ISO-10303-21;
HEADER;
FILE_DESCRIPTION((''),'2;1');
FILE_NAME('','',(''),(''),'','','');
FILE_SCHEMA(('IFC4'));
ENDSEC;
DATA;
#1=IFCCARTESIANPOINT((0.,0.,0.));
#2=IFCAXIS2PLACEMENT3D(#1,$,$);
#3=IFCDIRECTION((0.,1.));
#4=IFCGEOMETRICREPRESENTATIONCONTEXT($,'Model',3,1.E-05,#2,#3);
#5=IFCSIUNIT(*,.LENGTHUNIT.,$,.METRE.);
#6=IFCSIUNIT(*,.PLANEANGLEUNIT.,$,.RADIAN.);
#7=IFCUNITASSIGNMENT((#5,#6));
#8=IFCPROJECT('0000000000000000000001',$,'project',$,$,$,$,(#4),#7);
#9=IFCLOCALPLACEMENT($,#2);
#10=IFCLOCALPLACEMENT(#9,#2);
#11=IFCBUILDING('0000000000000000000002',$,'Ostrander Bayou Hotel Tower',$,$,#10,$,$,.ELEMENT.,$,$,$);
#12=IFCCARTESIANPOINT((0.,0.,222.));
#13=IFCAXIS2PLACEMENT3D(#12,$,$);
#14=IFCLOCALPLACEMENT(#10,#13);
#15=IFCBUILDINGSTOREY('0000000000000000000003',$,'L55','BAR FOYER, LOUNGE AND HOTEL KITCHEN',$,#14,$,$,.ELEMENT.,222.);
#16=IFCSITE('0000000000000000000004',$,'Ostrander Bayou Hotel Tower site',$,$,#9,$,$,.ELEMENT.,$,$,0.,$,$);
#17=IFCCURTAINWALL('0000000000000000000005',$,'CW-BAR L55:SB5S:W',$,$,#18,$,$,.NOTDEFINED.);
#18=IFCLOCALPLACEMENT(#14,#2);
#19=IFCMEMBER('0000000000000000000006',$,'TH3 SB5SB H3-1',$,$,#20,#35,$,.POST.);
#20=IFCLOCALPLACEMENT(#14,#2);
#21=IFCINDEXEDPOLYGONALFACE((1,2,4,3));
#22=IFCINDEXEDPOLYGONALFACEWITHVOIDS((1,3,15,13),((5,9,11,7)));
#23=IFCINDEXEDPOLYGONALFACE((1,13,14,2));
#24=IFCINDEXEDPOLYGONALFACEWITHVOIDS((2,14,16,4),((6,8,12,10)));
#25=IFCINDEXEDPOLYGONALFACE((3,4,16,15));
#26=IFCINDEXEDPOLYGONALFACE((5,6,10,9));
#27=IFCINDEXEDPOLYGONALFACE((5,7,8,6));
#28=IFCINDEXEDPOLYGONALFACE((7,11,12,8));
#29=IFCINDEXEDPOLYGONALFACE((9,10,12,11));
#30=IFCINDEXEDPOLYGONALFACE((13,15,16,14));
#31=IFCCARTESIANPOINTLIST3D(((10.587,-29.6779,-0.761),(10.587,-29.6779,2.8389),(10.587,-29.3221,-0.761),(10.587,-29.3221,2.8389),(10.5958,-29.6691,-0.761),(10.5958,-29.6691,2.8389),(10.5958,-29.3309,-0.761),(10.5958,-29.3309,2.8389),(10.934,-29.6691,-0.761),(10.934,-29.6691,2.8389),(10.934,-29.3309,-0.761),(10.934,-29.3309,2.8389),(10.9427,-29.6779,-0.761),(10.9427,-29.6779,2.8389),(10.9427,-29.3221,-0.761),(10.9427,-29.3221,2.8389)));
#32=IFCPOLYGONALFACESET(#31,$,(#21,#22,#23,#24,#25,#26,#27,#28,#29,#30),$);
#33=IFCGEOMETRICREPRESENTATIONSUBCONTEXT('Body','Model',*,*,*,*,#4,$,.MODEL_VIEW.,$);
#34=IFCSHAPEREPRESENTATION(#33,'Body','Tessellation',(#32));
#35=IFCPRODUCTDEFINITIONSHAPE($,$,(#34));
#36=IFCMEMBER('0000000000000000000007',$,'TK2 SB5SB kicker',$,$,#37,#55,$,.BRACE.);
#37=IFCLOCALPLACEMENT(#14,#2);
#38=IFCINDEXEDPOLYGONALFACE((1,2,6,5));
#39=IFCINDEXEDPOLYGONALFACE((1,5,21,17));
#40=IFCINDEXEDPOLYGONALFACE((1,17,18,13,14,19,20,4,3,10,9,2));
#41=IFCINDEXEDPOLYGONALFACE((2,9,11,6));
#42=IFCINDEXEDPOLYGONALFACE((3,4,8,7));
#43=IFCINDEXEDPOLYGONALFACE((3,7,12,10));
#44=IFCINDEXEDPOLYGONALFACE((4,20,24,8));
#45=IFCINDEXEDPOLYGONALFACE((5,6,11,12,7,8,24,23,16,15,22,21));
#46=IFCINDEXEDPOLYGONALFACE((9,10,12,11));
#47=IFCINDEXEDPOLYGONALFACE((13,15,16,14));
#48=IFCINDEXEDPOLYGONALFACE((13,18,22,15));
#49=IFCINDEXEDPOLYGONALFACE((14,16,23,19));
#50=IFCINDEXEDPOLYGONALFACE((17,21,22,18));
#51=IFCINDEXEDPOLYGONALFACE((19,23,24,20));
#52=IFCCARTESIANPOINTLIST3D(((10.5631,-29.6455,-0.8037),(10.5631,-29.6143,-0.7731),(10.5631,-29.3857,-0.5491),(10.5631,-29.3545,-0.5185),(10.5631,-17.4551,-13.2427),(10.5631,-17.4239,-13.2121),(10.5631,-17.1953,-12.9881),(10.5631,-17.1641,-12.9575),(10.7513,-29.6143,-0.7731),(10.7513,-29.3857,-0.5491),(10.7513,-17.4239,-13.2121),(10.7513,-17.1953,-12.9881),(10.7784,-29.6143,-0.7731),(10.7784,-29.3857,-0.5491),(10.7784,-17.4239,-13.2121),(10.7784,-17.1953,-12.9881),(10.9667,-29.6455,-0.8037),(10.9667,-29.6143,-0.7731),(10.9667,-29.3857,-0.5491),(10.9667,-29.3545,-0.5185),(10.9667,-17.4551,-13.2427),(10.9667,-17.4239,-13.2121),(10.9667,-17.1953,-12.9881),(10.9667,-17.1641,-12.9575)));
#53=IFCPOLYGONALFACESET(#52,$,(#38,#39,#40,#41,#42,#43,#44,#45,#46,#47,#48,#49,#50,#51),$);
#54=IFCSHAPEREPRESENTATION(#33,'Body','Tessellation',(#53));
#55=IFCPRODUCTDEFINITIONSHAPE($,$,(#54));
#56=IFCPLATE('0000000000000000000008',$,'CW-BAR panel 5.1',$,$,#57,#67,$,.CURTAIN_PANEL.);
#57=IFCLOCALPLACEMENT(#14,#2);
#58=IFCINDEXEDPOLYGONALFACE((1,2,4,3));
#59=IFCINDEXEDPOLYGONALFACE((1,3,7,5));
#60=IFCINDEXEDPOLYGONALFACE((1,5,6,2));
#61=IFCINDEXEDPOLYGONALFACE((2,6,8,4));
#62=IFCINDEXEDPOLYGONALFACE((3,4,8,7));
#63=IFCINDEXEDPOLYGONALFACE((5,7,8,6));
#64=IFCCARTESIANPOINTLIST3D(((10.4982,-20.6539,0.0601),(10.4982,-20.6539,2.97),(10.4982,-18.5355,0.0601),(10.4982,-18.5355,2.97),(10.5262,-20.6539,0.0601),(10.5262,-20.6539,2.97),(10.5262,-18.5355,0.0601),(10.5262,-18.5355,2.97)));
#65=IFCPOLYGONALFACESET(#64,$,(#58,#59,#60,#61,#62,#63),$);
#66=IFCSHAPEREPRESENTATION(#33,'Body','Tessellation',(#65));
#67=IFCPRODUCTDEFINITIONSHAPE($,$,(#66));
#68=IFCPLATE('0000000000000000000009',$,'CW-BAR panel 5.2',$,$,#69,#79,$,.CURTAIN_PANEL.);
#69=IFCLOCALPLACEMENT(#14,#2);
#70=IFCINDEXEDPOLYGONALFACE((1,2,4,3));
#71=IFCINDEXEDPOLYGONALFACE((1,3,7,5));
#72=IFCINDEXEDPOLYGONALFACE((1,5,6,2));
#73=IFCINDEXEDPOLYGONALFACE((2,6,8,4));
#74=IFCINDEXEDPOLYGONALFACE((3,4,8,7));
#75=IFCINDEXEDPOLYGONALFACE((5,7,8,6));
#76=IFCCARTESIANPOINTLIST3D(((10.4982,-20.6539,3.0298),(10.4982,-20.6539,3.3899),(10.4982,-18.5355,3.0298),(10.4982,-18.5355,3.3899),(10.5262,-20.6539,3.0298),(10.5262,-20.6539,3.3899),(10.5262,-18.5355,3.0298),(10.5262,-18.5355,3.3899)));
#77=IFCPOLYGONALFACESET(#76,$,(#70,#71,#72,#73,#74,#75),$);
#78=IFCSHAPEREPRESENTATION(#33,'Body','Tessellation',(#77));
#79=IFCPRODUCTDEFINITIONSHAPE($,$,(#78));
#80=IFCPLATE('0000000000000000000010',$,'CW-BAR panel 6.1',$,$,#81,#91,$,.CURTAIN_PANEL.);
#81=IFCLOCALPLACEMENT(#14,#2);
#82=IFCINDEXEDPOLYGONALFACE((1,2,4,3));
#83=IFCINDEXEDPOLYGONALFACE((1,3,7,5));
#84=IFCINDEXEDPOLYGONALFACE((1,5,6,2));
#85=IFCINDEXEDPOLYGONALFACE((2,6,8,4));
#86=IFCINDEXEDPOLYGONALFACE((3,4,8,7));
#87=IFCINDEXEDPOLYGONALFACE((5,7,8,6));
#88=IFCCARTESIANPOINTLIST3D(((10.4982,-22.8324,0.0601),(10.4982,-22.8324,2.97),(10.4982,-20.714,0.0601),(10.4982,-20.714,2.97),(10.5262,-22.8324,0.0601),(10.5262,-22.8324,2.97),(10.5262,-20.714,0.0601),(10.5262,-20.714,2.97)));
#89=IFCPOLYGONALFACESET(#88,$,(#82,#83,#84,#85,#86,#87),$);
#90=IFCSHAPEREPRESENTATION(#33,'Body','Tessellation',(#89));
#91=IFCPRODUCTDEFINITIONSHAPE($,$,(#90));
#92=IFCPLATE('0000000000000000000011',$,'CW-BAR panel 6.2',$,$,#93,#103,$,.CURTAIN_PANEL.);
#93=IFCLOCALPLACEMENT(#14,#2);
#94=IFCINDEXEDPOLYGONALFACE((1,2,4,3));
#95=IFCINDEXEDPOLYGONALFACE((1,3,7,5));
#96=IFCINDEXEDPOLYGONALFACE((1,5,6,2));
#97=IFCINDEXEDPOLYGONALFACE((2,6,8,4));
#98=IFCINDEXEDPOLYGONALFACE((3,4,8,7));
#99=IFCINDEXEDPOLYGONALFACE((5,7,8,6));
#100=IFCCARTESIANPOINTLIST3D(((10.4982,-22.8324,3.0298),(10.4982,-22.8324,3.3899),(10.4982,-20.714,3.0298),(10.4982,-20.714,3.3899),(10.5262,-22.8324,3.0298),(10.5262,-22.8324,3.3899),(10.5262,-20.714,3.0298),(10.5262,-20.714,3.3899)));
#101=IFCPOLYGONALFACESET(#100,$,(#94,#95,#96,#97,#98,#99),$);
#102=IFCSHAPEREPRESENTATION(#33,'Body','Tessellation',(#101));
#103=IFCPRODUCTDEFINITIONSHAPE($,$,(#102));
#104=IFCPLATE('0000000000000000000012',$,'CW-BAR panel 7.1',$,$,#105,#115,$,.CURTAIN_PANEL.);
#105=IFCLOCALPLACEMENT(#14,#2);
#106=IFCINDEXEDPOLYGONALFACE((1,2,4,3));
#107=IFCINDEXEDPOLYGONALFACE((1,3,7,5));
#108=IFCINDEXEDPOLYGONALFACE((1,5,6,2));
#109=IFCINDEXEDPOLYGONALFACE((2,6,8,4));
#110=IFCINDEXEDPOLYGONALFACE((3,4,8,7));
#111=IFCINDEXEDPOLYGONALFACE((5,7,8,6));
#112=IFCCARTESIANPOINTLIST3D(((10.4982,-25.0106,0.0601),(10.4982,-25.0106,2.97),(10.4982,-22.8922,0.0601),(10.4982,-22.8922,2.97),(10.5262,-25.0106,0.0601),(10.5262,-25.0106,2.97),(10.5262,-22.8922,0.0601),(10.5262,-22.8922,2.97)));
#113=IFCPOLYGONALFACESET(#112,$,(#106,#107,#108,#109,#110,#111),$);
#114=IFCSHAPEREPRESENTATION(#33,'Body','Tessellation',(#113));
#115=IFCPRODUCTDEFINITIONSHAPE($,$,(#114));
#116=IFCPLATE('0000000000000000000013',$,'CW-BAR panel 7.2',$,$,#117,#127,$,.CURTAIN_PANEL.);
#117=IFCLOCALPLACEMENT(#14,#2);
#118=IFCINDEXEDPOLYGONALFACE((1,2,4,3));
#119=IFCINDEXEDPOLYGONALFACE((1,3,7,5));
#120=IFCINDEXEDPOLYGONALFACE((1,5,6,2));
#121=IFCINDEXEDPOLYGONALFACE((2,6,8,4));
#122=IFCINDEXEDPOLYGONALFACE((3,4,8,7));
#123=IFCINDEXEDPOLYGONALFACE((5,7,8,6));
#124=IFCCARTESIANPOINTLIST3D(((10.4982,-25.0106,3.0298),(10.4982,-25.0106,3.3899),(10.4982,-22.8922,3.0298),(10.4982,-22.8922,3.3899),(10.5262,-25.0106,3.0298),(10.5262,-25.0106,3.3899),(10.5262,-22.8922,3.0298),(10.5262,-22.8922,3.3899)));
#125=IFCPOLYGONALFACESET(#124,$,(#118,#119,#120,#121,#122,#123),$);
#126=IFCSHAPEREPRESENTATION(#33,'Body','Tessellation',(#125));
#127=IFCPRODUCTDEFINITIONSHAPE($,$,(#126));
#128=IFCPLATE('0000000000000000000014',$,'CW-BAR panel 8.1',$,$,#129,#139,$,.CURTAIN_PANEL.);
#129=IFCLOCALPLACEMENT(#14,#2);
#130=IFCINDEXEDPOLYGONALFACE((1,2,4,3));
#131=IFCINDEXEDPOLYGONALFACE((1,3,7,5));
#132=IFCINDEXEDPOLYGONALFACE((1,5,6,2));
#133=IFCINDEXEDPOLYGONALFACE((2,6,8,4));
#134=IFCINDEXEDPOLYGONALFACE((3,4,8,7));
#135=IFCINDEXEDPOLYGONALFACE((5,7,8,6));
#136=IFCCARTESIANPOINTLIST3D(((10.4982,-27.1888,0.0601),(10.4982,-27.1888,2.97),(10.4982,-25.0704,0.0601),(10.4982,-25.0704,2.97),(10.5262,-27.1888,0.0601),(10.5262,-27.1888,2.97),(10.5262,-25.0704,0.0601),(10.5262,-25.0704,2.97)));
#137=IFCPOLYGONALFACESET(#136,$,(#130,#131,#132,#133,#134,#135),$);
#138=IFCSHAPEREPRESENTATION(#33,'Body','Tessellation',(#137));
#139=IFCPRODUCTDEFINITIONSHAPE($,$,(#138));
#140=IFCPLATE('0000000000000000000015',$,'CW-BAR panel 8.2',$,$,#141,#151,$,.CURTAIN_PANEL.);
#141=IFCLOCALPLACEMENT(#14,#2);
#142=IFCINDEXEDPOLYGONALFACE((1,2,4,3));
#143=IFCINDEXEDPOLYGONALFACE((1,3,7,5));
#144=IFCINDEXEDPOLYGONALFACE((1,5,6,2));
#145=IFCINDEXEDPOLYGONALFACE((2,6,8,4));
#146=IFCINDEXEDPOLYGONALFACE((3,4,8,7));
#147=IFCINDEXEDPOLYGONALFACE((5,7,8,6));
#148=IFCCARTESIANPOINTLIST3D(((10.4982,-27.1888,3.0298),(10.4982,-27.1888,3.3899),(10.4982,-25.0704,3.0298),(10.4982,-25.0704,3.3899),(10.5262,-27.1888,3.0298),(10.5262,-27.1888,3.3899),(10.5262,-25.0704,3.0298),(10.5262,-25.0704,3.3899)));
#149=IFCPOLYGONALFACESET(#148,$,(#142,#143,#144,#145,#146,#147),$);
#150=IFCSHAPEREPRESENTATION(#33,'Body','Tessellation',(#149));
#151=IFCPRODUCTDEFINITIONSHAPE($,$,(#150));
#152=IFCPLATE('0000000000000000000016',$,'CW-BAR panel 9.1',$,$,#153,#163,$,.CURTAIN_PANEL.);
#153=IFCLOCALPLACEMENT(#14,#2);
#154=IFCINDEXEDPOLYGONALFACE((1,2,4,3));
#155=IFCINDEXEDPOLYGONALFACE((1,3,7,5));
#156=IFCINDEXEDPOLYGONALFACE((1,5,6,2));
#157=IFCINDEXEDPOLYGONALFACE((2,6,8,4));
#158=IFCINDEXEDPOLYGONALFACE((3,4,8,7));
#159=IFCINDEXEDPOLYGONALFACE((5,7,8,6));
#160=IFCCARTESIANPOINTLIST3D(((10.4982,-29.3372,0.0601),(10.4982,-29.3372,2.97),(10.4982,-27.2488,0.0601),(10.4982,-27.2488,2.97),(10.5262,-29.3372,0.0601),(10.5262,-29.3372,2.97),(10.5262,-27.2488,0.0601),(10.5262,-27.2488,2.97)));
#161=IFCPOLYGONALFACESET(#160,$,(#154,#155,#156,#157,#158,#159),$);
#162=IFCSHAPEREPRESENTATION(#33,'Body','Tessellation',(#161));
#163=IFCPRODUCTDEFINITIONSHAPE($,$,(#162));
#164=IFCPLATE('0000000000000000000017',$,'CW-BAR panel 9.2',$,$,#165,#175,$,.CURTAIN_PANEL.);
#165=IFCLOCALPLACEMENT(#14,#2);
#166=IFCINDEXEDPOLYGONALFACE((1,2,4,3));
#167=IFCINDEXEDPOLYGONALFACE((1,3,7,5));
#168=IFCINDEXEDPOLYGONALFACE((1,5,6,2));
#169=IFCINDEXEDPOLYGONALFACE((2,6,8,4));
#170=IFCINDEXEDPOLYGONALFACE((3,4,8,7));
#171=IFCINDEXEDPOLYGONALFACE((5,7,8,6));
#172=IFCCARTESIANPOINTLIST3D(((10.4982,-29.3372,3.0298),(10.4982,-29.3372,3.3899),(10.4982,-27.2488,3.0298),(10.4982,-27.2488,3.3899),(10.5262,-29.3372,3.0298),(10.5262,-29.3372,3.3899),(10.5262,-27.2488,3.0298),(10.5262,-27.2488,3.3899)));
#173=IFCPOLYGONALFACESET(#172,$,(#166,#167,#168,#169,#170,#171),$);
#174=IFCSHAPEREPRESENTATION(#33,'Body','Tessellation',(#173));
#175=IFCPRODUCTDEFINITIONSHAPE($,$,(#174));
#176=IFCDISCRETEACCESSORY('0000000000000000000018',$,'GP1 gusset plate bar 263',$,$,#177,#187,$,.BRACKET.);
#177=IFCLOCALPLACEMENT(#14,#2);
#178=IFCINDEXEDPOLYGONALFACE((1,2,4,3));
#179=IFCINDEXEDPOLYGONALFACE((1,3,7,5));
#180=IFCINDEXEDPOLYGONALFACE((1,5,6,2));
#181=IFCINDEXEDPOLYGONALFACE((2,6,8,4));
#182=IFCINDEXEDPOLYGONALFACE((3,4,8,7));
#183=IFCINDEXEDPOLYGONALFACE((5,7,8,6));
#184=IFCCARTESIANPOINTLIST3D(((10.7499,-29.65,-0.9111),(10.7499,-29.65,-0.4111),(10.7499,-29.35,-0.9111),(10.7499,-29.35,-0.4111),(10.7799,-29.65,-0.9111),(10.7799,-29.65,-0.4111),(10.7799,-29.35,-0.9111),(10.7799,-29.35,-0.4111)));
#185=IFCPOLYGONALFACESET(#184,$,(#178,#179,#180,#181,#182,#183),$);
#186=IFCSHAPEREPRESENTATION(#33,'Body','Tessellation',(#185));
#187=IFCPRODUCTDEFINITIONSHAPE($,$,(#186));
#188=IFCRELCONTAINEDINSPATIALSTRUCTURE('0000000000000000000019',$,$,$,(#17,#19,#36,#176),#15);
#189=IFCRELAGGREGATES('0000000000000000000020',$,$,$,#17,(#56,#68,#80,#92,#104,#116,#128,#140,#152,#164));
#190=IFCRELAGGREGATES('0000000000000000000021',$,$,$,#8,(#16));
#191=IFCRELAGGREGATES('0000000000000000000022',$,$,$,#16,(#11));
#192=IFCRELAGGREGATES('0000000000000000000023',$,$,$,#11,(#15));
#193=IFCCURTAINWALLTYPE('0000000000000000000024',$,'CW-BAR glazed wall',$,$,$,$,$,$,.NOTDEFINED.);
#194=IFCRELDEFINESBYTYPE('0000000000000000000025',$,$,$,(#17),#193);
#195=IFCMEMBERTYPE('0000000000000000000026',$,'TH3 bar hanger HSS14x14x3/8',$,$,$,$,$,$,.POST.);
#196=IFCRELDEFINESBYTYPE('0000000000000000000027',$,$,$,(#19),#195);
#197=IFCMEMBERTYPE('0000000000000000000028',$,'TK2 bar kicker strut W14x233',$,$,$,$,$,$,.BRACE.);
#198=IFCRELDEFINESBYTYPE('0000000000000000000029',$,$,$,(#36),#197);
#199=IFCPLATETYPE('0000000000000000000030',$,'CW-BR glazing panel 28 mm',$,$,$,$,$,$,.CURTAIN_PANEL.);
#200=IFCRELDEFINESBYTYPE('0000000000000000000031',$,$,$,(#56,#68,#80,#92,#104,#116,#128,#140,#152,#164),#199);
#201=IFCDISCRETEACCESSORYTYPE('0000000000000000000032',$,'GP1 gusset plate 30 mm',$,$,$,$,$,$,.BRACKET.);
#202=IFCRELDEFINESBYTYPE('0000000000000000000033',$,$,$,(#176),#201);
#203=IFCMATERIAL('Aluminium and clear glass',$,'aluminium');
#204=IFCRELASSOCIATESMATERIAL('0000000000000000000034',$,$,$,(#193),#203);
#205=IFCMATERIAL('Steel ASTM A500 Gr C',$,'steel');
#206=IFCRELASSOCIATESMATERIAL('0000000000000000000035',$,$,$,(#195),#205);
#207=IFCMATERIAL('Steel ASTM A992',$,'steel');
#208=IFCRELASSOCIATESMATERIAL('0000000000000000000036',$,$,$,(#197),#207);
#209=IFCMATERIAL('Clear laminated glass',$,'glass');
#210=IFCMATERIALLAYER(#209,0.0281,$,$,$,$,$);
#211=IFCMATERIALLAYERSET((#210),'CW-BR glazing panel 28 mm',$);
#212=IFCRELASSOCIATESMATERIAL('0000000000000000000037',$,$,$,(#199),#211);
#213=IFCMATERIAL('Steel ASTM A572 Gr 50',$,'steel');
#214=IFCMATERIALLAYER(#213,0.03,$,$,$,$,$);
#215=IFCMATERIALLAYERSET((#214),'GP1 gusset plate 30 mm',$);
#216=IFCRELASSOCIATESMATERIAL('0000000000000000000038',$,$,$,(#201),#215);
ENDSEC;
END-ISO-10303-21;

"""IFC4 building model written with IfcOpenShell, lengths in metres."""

from ifc_helpers import new_model, si_unit, direction, frame, origin, origin_2d, place, context, subcontext, project, spatial, rectangle, hollow_rectangle, i_section, extrude, material, layer, layer_set, material_profile, profile_set, type_object, element, aggregate, save


model = new_model("IFC4")

# Units and contexts
model_context = context("Model", 3, precision=1e-05, world=origin(), true_north=direction((0.0, 1.0)))
body_context = subcontext(model_context, "Body", "Model", "MODEL_VIEW")
ifc_project = project(units=[si_unit("LENGTHUNIT", "METRE"), si_unit("PLANEANGLEUNIT", "RADIAN")], contexts=[model_context])

# Site, building, storey
site_placement = place(None, origin())
site = spatial("IfcSite", under=ifc_project, at=site_placement, Name="Ostrander Bayou Hotel Tower site", CompositionType="ELEMENT", RefElevation=0.0)
building_placement = place(site_placement, origin())
building = spatial("IfcBuilding", under=site, at=building_placement, Name="Ostrander Bayou Hotel Tower", CompositionType="ELEMENT")
storey_placement = place(building_placement, frame((0.0, 0.0, 222.0)))
storey = spatial("IfcBuildingStorey", under=building, at=storey_placement, Name="L55", Description="BAR FOYER, LOUNGE AND HOTEL KITCHEN", CompositionType="ELEMENT", Elevation=222.0)

# Curtain wall
ifc_material_1 = material(Name="Aluminium and clear glass", Category="aluminium")
curtain_wall_type = type_object("IfcCurtainWallType", Name="CW-BAR glazed wall", PredefinedType="NOTDEFINED", material=ifc_material_1)
curtain_wall_placement = place(storey_placement, origin())
curtain_wall = element("IfcCurtainWall", 1, at=curtain_wall_placement, inside=storey, type_object=curtain_wall_type, Name="CW-BAR L55:SB5S:W", PredefinedType="NOTDEFINED")

# Members
ifc_material_2 = material(Name="Steel ASTM A500 Gr C", Category="steel")
ifc_material_profile_1 = material_profile(ifc_material_2, hollow_rectangle(XDim=0.3557, YDim=0.3557, WallThickness=0.0088, at=origin_2d()))
ifc_profile_set_1 = profile_set([ifc_material_profile_1], Name="Steel ASTM A500 Gr C")
member_type_1 = type_object("IfcMemberType", Name="TH3 bar hanger HSS14x14x3/8", PredefinedType="POST", material=ifc_profile_set_1)
for number, where, z_axis, x_axis, name in (
    (2, (10.7649, -29.5, -0.761), (0.0, 0.0, 1.0), (1.0, 0.0, 0.0), "TH3 SB5SB H3-1"),
):
    element("IfcMember", number, at=place(storey_placement, frame(where, z_axis=z_axis, x_axis=x_axis)), inside=storey, type_object=member_type_1, Name=name, PredefinedType="POST", context=body_context, shape_type="SweptSolid", body=[
        extrude(hollow_rectangle(XDim=0.3557, YDim=0.3557, WallThickness=0.0088, at=origin_2d()), origin(), (0.0, 0.0, 1.0), 3.5999),
    ])
ifc_material_3 = material(Name="Steel ASTM A992", Category="steel")
ifc_material_profile_2 = material_profile(ifc_material_3, i_section(OverallWidth=0.4036, OverallDepth=0.4075, WebThickness=0.0271, FlangeThickness=0.0437, at=origin_2d()))
ifc_profile_set_2 = profile_set([ifc_material_profile_2], Name="Steel ASTM A992")
member_type_2 = type_object("IfcMemberType", Name="TK2 bar kicker strut W14x233", PredefinedType="BRACE", material=ifc_profile_set_2)
member_1_placement = place(storey_placement, frame((10.7649, -29.5, -0.6611), z_axis=(0.0, 0.699936, -0.714206), x_axis=(-1.0, 0.0, 0.0)))
element("IfcMember", 3, at=member_1_placement, inside=storey, type_object=member_type_2, Name="TK2 SB5SB kicker", PredefinedType="BRACE", context=body_context, shape_type="SweptSolid", body=[
    extrude(i_section(OverallWidth=0.4036, OverallDepth=0.4075, WebThickness=0.0271, FlangeThickness=0.0437, at=origin_2d()), origin(), (0.0, 0.0, 1.0), 17.4165),
])

# Plates
ifc_material_4 = material(Name="Clear laminated glass", Category="glass")
ifc_layer_1 = layer(ifc_material_4, 0.0281)
ifc_layer_set_1 = layer_set([ifc_layer_1], Name="CW-BR glazing panel 28 mm")
plate_type = type_object("IfcPlateType", Name="CW-BR glazing panel 28 mm", PredefinedType="CURTAIN_PANEL", material=ifc_layer_set_1)
plate_1_placement = place(storey_placement, frame((10.5122, -19.5947, 0.0601), z_axis=(0.0, 0.0, 1.0), x_axis=(0.0, -1.0, 0.0)))
plate_1 = element("IfcPlate", 4, at=plate_1_placement, type_object=plate_type, Name="CW-BAR panel 5.1", PredefinedType="CURTAIN_PANEL", context=body_context, shape_type="SweptSolid", body=[
    extrude(rectangle(XDim=2.1184, YDim=0.0281, at=origin_2d()), origin(), (0.0, 0.0, 1.0), 2.9099),
])
plate_2_placement = place(storey_placement, frame((10.5122, -19.5947, 3.0298), z_axis=(0.0, 0.0, 1.0), x_axis=(0.0, -1.0, 0.0)))
plate_2 = element("IfcPlate", 5, at=plate_2_placement, type_object=plate_type, Name="CW-BAR panel 5.2", PredefinedType="CURTAIN_PANEL", context=body_context, shape_type="SweptSolid", body=[
    extrude(rectangle(XDim=2.1184, YDim=0.0281, at=origin_2d()), origin(), (0.0, 0.0, 1.0), 0.3601),
])
plate_3_placement = place(storey_placement, frame((10.5122, -21.7732, 0.0601), z_axis=(0.0, 0.0, 1.0), x_axis=(0.0, -1.0, 0.0)))
plate_3 = element("IfcPlate", 6, at=plate_3_placement, type_object=plate_type, Name="CW-BAR panel 6.1", PredefinedType="CURTAIN_PANEL", context=body_context, shape_type="SweptSolid", body=[
    extrude(rectangle(XDim=2.1184, YDim=0.0281, at=origin_2d()), origin(), (0.0, 0.0, 1.0), 2.9099),
])
plate_4_placement = place(storey_placement, frame((10.5122, -21.7732, 3.0298), z_axis=(0.0, 0.0, 1.0), x_axis=(0.0, -1.0, 0.0)))
plate_4 = element("IfcPlate", 7, at=plate_4_placement, type_object=plate_type, Name="CW-BAR panel 6.2", PredefinedType="CURTAIN_PANEL", context=body_context, shape_type="SweptSolid", body=[
    extrude(rectangle(XDim=2.1184, YDim=0.0281, at=origin_2d()), origin(), (0.0, 0.0, 1.0), 0.3601),
])
plate_5_placement = place(storey_placement, frame((10.5122, -23.9514, 0.0601), z_axis=(0.0, 0.0, 1.0), x_axis=(0.0, -1.0, 0.0)))
plate_5 = element("IfcPlate", 8, at=plate_5_placement, type_object=plate_type, Name="CW-BAR panel 7.1", PredefinedType="CURTAIN_PANEL", context=body_context, shape_type="SweptSolid", body=[
    extrude(rectangle(XDim=2.1184, YDim=0.0281, at=origin_2d()), origin(), (0.0, 0.0, 1.0), 2.9099),
])
plate_6_placement = place(storey_placement, frame((10.5122, -23.9514, 3.0298), z_axis=(0.0, 0.0, 1.0), x_axis=(0.0, -1.0, 0.0)))
plate_6 = element("IfcPlate", 9, at=plate_6_placement, type_object=plate_type, Name="CW-BAR panel 7.2", PredefinedType="CURTAIN_PANEL", context=body_context, shape_type="SweptSolid", body=[
    extrude(rectangle(XDim=2.1184, YDim=0.0281, at=origin_2d()), origin(), (0.0, 0.0, 1.0), 0.3601),
])
plate_7_placement = place(storey_placement, frame((10.5122, -26.1296, 0.0601), z_axis=(0.0, 0.0, 1.0), x_axis=(0.0, -1.0, 0.0)))
plate_7 = element("IfcPlate", 10, at=plate_7_placement, type_object=plate_type, Name="CW-BAR panel 8.1", PredefinedType="CURTAIN_PANEL", context=body_context, shape_type="SweptSolid", body=[
    extrude(rectangle(XDim=2.1184, YDim=0.0281, at=origin_2d()), origin(), (0.0, 0.0, 1.0), 2.9099),
])
plate_8_placement = place(storey_placement, frame((10.5122, -26.1296, 3.0298), z_axis=(0.0, 0.0, 1.0), x_axis=(0.0, -1.0, 0.0)))
plate_8 = element("IfcPlate", 11, at=plate_8_placement, type_object=plate_type, Name="CW-BAR panel 8.2", PredefinedType="CURTAIN_PANEL", context=body_context, shape_type="SweptSolid", body=[
    extrude(rectangle(XDim=2.1184, YDim=0.0281, at=origin_2d()), origin(), (0.0, 0.0, 1.0), 0.3601),
])
plate_9_placement = place(storey_placement, frame((10.5122, -28.293, 0.0601), z_axis=(0.0, 0.0, 1.0), x_axis=(0.0, -1.0, 0.0)))
plate_9 = element("IfcPlate", 12, at=plate_9_placement, type_object=plate_type, Name="CW-BAR panel 9.1", PredefinedType="CURTAIN_PANEL", context=body_context, shape_type="SweptSolid", body=[
    extrude(rectangle(XDim=2.0884, YDim=0.0281, at=origin_2d()), origin(), (0.0, 0.0, 1.0), 2.9099),
])
plate_10_placement = place(storey_placement, frame((10.5122, -28.293, 3.0298), z_axis=(0.0, 0.0, 1.0), x_axis=(0.0, -1.0, 0.0)))
plate_10 = element("IfcPlate", 13, at=plate_10_placement, type_object=plate_type, Name="CW-BAR panel 9.2", PredefinedType="CURTAIN_PANEL", context=body_context, shape_type="SweptSolid", body=[
    extrude(rectangle(XDim=2.0884, YDim=0.0281, at=origin_2d()), origin(), (0.0, 0.0, 1.0), 0.3601),
])
aggregate(curtain_wall, [plate_1, plate_2, plate_3, plate_4, plate_5, plate_6, plate_7, plate_8, plate_9, plate_10])

# Discrete accessory
ifc_material_5 = material(Name="Steel ASTM A572 Gr 50", Category="steel")
ifc_layer_2 = layer(ifc_material_5, 0.03)
ifc_layer_set_2 = layer_set([ifc_layer_2], Name="GP1 gusset plate 30 mm")
discrete_accessory_type = type_object("IfcDiscreteAccessoryType", Name="GP1 gusset plate 30 mm", PredefinedType="BRACKET", material=ifc_layer_set_2)
discrete_accessory_placement = place(storey_placement, frame((10.7649, -29.5, -0.9111), z_axis=(0.0, 0.0, 1.0), x_axis=(0.0, 1.0, 0.0)))
element("IfcDiscreteAccessory", 14, at=discrete_accessory_placement, inside=storey, type_object=discrete_accessory_type, Name="GP1 gusset plate bar 263", PredefinedType="BRACKET", context=body_context, shape_type="SweptSolid", body=[
    extrude(rectangle(XDim=0.3, YDim=0.03, at=origin_2d()), origin(), (0.0, 0.0, 1.0), 0.5),
])

save(model, "model.ifc")
